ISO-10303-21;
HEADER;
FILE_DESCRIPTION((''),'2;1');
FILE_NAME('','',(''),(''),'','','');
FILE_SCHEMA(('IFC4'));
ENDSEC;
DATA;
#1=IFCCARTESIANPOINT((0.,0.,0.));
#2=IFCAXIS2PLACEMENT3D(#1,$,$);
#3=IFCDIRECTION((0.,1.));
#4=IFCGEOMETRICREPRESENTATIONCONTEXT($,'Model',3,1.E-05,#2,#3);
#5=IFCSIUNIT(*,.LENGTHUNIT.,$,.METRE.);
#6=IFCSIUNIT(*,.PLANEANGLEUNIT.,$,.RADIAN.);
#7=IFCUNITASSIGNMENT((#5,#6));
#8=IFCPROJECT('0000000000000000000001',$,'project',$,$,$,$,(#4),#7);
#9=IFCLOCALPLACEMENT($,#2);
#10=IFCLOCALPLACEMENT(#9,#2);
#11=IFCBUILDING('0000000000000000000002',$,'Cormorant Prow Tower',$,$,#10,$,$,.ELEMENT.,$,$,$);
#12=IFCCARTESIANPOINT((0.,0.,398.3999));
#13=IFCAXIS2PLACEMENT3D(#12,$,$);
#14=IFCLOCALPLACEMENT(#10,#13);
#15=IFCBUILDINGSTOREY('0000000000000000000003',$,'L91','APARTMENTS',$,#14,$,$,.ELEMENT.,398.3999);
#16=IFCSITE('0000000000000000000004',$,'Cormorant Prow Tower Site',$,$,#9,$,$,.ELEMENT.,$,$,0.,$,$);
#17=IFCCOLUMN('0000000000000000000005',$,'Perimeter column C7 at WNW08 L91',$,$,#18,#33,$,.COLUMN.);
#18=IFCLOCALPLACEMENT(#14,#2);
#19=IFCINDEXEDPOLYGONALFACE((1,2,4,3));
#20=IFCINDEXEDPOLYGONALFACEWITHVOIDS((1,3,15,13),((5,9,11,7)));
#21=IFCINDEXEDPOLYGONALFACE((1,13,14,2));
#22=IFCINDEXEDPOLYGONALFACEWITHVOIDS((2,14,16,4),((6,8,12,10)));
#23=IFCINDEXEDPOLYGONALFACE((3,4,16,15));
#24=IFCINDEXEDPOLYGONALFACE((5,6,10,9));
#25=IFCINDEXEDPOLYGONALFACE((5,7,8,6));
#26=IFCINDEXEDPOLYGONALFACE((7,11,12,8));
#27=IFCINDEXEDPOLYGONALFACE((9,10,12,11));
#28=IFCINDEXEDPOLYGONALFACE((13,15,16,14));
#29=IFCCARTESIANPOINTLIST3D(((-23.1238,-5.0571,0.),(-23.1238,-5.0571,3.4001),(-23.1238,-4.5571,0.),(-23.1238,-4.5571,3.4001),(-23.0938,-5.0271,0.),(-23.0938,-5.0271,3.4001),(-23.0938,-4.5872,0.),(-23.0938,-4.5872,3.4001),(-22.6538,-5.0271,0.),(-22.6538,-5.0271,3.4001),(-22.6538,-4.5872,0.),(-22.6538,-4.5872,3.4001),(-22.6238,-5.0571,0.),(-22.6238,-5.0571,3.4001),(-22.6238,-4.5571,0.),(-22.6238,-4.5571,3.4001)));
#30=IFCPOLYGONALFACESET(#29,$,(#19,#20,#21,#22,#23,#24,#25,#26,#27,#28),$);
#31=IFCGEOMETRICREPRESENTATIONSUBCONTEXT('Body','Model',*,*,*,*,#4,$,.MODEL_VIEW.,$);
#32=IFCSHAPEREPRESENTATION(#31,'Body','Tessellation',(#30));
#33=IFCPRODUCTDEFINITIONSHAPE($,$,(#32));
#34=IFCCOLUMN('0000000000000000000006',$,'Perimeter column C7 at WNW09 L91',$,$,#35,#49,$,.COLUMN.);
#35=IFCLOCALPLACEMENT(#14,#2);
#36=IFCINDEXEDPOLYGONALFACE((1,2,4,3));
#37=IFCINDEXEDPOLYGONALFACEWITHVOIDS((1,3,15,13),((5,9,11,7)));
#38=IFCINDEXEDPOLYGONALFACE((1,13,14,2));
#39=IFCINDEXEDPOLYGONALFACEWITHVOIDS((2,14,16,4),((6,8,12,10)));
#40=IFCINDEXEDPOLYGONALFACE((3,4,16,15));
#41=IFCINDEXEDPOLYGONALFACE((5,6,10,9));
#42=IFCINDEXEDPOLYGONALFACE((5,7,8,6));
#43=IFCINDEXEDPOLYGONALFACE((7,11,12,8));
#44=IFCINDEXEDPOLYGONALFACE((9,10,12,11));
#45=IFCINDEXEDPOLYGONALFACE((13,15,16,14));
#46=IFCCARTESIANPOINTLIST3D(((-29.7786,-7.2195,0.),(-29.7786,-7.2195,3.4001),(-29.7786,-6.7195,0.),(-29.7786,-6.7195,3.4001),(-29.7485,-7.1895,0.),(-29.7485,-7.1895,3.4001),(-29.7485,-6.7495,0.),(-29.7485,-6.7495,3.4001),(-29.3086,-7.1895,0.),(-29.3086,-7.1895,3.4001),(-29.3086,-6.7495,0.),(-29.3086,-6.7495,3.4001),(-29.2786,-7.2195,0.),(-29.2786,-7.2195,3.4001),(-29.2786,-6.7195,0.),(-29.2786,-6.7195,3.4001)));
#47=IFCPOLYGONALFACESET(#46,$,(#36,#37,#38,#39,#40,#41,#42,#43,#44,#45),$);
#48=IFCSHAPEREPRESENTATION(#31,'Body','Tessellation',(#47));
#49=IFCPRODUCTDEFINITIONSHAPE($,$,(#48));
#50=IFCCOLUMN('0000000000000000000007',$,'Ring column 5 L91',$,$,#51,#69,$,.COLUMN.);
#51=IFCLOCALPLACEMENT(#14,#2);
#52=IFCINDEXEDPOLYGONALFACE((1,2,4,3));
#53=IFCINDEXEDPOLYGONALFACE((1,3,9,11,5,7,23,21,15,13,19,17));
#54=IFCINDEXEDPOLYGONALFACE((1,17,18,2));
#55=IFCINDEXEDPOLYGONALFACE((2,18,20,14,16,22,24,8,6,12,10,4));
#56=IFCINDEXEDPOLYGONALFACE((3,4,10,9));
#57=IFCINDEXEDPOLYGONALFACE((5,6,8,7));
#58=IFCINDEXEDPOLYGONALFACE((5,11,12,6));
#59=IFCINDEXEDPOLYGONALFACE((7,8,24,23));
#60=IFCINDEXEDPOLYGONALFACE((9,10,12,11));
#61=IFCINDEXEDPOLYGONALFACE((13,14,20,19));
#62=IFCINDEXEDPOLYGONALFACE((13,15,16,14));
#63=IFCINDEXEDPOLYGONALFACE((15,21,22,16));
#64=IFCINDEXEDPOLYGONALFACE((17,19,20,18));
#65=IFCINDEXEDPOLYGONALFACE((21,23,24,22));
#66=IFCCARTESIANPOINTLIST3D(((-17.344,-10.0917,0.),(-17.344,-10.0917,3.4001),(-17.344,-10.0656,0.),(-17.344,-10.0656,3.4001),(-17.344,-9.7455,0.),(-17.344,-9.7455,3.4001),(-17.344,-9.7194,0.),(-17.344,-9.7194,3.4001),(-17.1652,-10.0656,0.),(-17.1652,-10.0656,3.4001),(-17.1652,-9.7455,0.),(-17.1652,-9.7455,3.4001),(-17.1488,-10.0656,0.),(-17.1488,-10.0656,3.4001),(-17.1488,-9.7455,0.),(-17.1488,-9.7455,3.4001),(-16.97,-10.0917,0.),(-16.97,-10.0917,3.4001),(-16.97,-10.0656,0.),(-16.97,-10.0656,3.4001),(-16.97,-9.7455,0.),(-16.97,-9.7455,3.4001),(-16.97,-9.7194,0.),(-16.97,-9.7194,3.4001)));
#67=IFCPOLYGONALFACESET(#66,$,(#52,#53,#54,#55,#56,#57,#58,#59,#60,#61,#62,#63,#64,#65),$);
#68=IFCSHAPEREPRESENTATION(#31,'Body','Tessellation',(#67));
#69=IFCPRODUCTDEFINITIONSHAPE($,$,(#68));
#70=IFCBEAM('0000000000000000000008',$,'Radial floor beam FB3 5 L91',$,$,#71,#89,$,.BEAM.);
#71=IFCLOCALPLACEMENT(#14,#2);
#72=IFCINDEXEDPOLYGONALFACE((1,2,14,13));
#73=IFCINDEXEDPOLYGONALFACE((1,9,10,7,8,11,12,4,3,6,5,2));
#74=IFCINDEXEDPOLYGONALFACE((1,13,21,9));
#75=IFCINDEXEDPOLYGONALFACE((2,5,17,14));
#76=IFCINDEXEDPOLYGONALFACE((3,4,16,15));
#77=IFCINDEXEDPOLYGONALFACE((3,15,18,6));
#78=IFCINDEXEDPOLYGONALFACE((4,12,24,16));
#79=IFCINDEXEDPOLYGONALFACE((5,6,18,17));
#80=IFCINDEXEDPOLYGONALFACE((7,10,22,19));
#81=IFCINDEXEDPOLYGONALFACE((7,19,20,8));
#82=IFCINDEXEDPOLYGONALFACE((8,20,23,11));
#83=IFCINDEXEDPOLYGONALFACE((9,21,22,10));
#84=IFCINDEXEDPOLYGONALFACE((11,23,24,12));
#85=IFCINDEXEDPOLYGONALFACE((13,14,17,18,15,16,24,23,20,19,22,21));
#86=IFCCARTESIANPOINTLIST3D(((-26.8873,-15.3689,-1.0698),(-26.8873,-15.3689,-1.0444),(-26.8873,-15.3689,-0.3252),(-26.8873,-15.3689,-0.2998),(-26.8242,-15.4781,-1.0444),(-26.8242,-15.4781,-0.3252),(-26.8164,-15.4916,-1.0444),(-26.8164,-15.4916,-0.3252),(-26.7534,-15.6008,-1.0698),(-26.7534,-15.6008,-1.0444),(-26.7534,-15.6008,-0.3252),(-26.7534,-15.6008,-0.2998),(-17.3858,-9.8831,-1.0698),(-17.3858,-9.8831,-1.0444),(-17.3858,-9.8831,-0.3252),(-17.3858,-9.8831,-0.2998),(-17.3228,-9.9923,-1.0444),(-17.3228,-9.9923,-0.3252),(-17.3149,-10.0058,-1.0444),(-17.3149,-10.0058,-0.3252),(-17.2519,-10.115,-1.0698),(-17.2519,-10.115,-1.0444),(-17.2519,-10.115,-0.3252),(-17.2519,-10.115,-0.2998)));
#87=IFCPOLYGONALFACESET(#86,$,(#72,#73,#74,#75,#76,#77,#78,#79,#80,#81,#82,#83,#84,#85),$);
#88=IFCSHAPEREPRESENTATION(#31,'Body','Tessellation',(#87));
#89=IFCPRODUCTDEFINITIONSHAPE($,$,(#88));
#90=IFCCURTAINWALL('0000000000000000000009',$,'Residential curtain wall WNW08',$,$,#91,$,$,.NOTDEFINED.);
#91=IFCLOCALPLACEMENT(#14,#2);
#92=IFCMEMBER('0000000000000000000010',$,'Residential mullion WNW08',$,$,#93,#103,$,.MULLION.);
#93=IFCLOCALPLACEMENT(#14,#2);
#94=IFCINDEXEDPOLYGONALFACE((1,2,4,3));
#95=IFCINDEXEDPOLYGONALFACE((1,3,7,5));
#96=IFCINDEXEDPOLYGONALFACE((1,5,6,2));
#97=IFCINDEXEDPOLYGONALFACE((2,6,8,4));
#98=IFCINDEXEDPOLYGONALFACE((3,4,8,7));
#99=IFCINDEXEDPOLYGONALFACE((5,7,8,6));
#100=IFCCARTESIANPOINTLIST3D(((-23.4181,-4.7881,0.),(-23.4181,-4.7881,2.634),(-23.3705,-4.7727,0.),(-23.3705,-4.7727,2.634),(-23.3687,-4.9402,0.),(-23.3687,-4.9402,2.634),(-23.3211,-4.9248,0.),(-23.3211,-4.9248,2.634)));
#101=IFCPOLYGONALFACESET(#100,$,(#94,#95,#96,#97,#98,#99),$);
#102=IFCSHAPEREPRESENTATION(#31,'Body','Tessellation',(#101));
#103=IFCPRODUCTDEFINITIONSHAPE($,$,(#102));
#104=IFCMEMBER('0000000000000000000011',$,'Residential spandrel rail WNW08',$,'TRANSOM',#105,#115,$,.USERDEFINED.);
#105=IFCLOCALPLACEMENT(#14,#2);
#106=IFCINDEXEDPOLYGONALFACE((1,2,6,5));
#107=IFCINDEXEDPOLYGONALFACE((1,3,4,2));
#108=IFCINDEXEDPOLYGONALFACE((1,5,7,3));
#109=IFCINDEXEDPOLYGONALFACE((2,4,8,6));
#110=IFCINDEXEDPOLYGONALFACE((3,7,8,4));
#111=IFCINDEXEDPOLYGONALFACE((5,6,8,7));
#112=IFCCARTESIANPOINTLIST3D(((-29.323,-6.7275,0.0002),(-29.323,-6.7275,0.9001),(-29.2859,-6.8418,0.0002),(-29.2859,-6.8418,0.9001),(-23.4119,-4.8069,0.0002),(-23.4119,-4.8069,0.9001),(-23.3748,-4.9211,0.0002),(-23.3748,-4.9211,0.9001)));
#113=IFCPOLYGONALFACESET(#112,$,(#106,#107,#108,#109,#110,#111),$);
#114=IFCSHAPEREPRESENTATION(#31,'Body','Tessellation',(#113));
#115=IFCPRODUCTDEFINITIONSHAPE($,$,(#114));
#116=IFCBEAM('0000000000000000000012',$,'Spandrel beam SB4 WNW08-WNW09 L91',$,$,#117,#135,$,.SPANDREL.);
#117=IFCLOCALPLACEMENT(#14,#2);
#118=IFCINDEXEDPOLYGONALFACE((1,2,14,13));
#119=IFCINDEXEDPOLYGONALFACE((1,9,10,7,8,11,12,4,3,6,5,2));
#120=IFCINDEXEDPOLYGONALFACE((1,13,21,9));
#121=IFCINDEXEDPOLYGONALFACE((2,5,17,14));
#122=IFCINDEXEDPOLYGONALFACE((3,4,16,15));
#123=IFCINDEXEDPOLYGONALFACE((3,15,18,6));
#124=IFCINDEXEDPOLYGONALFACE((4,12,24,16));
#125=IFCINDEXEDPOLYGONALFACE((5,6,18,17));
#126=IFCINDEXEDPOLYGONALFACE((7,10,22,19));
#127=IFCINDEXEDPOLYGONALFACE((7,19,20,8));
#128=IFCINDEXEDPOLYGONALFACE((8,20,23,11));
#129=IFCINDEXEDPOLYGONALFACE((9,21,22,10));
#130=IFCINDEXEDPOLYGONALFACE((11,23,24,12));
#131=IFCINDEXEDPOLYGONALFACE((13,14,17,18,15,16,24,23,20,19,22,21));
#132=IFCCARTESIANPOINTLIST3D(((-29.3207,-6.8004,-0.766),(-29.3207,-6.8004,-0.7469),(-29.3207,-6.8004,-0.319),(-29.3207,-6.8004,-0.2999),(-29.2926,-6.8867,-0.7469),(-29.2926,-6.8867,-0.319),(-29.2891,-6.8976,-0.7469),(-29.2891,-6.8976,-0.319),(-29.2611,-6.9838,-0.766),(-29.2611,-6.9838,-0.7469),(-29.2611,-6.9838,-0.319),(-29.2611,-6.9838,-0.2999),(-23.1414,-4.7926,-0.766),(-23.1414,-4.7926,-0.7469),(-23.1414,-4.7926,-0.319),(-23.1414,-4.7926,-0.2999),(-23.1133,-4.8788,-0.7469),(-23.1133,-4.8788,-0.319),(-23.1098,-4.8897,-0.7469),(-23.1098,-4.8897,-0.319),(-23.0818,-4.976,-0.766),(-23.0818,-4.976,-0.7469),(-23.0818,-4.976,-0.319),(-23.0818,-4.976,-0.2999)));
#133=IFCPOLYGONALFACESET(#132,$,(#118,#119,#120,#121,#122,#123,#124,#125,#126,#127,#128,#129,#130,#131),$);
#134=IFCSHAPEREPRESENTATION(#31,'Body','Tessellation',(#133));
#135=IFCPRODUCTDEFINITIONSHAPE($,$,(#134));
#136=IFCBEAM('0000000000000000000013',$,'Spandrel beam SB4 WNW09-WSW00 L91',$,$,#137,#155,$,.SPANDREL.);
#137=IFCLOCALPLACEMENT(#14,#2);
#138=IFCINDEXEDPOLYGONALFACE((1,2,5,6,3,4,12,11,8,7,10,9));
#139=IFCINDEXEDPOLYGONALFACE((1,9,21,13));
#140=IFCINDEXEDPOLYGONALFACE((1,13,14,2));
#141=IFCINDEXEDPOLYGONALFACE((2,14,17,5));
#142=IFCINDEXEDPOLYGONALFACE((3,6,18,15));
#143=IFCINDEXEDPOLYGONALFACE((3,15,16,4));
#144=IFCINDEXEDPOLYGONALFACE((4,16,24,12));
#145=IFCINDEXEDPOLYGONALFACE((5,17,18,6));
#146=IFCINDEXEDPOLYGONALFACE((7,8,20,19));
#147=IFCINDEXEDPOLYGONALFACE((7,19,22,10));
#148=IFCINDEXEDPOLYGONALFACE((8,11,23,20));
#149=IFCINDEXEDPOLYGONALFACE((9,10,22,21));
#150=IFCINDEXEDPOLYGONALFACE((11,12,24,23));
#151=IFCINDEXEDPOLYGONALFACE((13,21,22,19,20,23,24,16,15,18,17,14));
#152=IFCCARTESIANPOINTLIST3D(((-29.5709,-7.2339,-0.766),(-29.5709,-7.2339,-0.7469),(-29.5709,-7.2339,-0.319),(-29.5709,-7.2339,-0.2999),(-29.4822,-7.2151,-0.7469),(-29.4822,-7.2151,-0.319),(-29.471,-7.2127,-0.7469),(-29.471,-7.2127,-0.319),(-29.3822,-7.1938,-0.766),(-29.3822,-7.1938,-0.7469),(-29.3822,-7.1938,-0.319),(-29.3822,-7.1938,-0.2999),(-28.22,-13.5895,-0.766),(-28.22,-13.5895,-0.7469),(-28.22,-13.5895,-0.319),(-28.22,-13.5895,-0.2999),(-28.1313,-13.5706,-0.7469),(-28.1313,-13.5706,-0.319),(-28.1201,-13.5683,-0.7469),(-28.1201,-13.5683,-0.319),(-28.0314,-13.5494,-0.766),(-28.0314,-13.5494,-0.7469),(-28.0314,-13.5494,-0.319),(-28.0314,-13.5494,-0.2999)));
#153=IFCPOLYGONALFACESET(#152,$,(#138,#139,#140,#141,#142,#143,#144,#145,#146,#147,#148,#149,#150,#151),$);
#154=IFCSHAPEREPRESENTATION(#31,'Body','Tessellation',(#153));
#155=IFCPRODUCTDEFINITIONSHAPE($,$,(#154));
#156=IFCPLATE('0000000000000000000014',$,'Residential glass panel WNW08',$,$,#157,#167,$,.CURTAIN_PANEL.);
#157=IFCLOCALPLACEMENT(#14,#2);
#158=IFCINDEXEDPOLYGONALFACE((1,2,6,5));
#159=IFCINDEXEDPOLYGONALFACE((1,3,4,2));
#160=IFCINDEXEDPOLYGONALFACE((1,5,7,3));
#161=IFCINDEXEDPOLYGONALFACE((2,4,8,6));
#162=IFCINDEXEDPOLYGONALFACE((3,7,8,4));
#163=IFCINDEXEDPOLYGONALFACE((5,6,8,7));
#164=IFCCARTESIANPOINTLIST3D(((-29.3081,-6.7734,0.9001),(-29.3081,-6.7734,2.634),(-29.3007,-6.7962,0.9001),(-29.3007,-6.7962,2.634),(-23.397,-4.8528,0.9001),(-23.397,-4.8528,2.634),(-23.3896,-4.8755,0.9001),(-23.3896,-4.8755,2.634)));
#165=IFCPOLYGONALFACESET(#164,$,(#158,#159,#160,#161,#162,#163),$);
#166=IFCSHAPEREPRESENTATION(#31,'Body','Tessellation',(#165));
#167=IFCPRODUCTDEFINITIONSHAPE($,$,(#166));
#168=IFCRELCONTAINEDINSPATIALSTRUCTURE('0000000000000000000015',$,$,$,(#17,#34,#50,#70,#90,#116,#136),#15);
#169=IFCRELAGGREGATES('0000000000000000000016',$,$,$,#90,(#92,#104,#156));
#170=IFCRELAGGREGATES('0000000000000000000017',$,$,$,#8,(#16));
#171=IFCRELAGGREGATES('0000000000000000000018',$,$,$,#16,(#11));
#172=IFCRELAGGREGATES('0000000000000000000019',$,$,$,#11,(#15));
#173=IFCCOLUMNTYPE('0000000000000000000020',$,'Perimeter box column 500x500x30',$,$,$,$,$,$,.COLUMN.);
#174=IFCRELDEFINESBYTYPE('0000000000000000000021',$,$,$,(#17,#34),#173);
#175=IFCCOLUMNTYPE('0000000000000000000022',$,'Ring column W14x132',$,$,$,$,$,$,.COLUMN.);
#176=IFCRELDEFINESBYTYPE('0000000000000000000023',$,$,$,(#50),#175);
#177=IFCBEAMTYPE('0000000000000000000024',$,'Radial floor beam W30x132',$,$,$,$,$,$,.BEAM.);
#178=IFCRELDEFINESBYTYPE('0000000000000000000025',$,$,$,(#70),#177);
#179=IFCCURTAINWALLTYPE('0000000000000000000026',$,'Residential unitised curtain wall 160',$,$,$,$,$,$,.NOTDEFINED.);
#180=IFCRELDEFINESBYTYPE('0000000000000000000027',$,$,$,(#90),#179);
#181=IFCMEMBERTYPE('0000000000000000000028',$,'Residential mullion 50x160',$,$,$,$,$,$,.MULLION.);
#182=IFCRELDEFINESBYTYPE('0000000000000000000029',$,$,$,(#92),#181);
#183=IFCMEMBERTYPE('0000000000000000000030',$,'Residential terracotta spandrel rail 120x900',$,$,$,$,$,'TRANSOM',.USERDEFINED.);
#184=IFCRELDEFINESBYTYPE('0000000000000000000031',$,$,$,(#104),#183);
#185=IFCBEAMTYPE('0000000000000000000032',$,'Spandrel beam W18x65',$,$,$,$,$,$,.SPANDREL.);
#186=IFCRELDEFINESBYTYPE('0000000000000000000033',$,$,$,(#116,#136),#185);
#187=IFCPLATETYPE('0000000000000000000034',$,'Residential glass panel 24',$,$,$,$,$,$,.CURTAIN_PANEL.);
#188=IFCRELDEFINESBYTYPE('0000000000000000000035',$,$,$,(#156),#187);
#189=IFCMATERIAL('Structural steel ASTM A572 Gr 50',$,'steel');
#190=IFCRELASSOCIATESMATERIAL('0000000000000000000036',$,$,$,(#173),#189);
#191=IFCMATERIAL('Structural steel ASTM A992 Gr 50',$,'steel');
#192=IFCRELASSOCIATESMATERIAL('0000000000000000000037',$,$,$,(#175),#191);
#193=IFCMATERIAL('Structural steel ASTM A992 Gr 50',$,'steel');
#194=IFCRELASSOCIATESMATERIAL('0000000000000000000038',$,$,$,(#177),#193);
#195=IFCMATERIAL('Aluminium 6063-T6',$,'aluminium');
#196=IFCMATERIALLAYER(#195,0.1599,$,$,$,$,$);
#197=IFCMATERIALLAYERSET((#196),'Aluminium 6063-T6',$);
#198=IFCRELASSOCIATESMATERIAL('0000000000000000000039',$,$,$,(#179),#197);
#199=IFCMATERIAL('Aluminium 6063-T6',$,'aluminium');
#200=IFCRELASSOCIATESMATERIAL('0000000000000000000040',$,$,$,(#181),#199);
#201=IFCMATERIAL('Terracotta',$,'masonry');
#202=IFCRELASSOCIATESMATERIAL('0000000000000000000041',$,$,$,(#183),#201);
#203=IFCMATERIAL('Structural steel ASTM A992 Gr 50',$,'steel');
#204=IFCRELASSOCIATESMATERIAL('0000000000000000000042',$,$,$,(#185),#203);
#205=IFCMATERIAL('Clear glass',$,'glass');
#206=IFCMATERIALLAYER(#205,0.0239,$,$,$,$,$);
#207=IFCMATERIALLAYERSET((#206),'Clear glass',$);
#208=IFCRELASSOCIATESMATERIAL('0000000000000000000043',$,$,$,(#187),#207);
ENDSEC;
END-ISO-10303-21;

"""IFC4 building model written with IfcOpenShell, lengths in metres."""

from ifc_helpers import new_model, si_unit, direction, frame, origin, origin_2d, place, context, subcontext, project, spatial, rectangle, hollow_rectangle, i_section, extrude, material, layer, layer_set, material_profile, profile_set, type_object, element, aggregate, save


model = new_model("IFC4")

# Units and contexts
model_context = context("Model", 3, precision=1e-05, world=origin(), true_north=direction((0.0, 1.0)))
body_context = subcontext(model_context, "Body", "Model", "MODEL_VIEW")
ifc_project = project(units=[si_unit("LENGTHUNIT", "METRE"), si_unit("PLANEANGLEUNIT", "RADIAN")], contexts=[model_context])

# Site, building, storey
site_placement = place(None, origin())
site = spatial("IfcSite", under=ifc_project, at=site_placement, Name="Cormorant Prow Tower Site", CompositionType="ELEMENT", RefElevation=0.0)
building_placement = place(site_placement, origin())
building = spatial("IfcBuilding", under=site, at=building_placement, Name="Cormorant Prow Tower", CompositionType="ELEMENT")
storey_placement = place(building_placement, frame((0.0, 0.0, 398.3999)))
storey = spatial("IfcBuildingStorey", under=building, at=storey_placement, Name="L91", Description="APARTMENTS", CompositionType="ELEMENT", Elevation=398.3999)

# Columns
ifc_material_1 = material(Name="Structural steel ASTM A572 Gr 50", Category="steel")
ifc_material_profile_1 = material_profile(ifc_material_1, hollow_rectangle(XDim=0.5, YDim=0.5, WallThickness=0.03, at=origin_2d()), Name="Box 500x500x30")
ifc_profile_set_1 = profile_set([ifc_material_profile_1], Name="Structural steel ASTM A572 Gr 50")
column_type_1 = type_object("IfcColumnType", Name="Perimeter box column 500x500x30", PredefinedType="COLUMN", material=ifc_profile_set_1)
for number, where, z_axis, x_axis, name in (
    (1, (-22.8738, -4.8071, 0.0), (0.0, 0.0, 1.0), (1.0, 0.0, 0.0), "Perimeter column C7 at WNW08 L91"),
    (2, (-29.5286, -6.9695, 0.0), (0.0, 0.0, 1.0), (1.0, 0.0, 0.0), "Perimeter column C7 at WNW09 L91"),
):
    element("IfcColumn", number, at=place(storey_placement, frame(where, z_axis=z_axis, x_axis=x_axis)), inside=storey, type_object=column_type_1, Name=name, PredefinedType="COLUMN", context=body_context, shape_type="SweptSolid", body=[
        extrude(hollow_rectangle(XDim=0.5, YDim=0.5, WallThickness=0.03, at=origin_2d()), origin(), (0.0, 0.0, 1.0), 3.4001),
    ])
ifc_material_2 = material(Name="Structural steel ASTM A992 Gr 50", Category="steel")
ifc_material_profile_2 = material_profile(ifc_material_2, i_section(OverallWidth=0.374, OverallDepth=0.3723, WebThickness=0.0164, FlangeThickness=0.0261, at=origin_2d()), Name="W14x132")
ifc_profile_set_2 = profile_set([ifc_material_profile_2], Name="Structural steel ASTM A992 Gr 50")
column_type_2 = type_object("IfcColumnType", Name="Ring column W14x132", PredefinedType="COLUMN", material=ifc_profile_set_2)
column_placement = place(storey_placement, frame((-17.157, -9.9055, 0.0), z_axis=(0.0, 0.0, 1.0), x_axis=(1.0, 0.0, 0.0)))
element("IfcColumn", 3, at=column_placement, inside=storey, type_object=column_type_2, Name="Ring column 5 L91", PredefinedType="COLUMN", context=body_context, shape_type="SweptSolid", body=[
    extrude(i_section(OverallWidth=0.374, OverallDepth=0.3723, WebThickness=0.0164, FlangeThickness=0.0261, at=origin_2d()), origin(), (0.0, 0.0, 1.0), 3.4001),
])

# Beam
ifc_material_3 = material(Name="Structural steel ASTM A992 Gr 50", Category="steel")
ifc_material_profile_3 = material_profile(ifc_material_3, i_section(OverallWidth=0.2678, OverallDepth=0.77, WebThickness=0.0156, FlangeThickness=0.0254, at=origin_2d()), Name="W30x132")
ifc_profile_set_3 = profile_set([ifc_material_profile_3], Name="Structural steel ASTM A992 Gr 50")
beam_type_1 = type_object("IfcBeamType", Name="Radial floor beam W30x132", PredefinedType="BEAM", material=ifc_profile_set_3)
beam_1_placement = place(storey_placement, frame((-17.3188, -9.999, -0.6848), z_axis=(-0.866019, -0.500011, 0.0), x_axis=(0.500011, -0.866019, 0.0)))
element("IfcBeam", 4, at=beam_1_placement, inside=storey, type_object=beam_type_1, Name="Radial floor beam FB3 5 L91", PredefinedType="BEAM", context=body_context, shape_type="SweptSolid", body=[
    extrude(i_section(OverallWidth=0.2678, OverallDepth=0.77, WebThickness=0.0156, FlangeThickness=0.0254, at=origin_2d()), origin(), (0.0, 0.0, 1.0), 10.9714),
])

# Curtain wall, members
ifc_material_4 = material(Name="Aluminium 6063-T6", Category="aluminium")
ifc_layer_1 = layer(ifc_material_4, 0.1599)
ifc_layer_set_1 = layer_set([ifc_layer_1], Name="Aluminium 6063-T6")
curtain_wall_type = type_object("IfcCurtainWallType", Name="Residential unitised curtain wall 160", PredefinedType="NOTDEFINED", material=ifc_layer_set_1)
curtain_wall_placement = place(storey_placement, origin())
curtain_wall = element("IfcCurtainWall", 5, at=curtain_wall_placement, inside=storey, type_object=curtain_wall_type, Name="Residential curtain wall WNW08", PredefinedType="NOTDEFINED")
ifc_material_5 = material(Name="Aluminium 6063-T6", Category="aluminium")
ifc_material_profile_4 = material_profile(ifc_material_5, rectangle(XDim=0.1599, YDim=0.05, at=origin_2d()), Name="Residential mullion 50x160")
ifc_profile_set_4 = profile_set([ifc_material_profile_4], Name="Aluminium 6063-T6")
member_type_1 = type_object("IfcMemberType", Name="Residential mullion 50x160", PredefinedType="MULLION", material=ifc_profile_set_4)
member_1_placement = place(storey_placement, frame((-23.3696, -4.8564, 0.0), z_axis=(0.0, 0.0, 1.0), x_axis=(0.309017, -0.951056, 0.0)))
member_1 = element("IfcMember", 6, at=member_1_placement, type_object=member_type_1, Name="Residential mullion WNW08", PredefinedType="MULLION", context=body_context, shape_type="SweptSolid", body=[
    extrude(rectangle(XDim=0.1599, YDim=0.05, at=origin_2d()), origin(), (0.0, 0.0, 1.0), 2.634),
])
ifc_material_6 = material(Name="Terracotta", Category="masonry")
ifc_material_profile_5 = material_profile(ifc_material_6, rectangle(XDim=0.1201, YDim=0.8999, at=origin_2d()), Name="Residential terracotta spandrel rail 120x900")
ifc_profile_set_5 = profile_set([ifc_material_profile_5], Name="Terracotta")
member_type_2 = type_object("IfcMemberType", Name="Residential terracotta spandrel rail 120x900", ElementType="TRANSOM", PredefinedType="USERDEFINED", material=ifc_profile_set_5)
member_2_placement = place(storey_placement, frame((-23.3933, -4.864, 0.4502), z_axis=(-0.951056, -0.309019, 0.0), x_axis=(0.309019, -0.951056, 0.0)))
member_2 = element("IfcMember", 7, at=member_2_placement, type_object=member_type_2, Name="Residential spandrel rail WNW08", ObjectType="TRANSOM", PredefinedType="USERDEFINED", context=body_context, shape_type="SweptSolid", body=[
    extrude(rectangle(XDim=0.1201, YDim=0.8999, at=origin_2d()), origin(), (0.0, 0.0, 1.0), 6.2153),
])

# Beams
ifc_material_7 = material(Name="Structural steel ASTM A992 Gr 50", Category="steel")
ifc_material_profile_6 = material_profile(ifc_material_7, i_section(OverallWidth=0.1929, OverallDepth=0.4661, WebThickness=0.0115, FlangeThickness=0.019, at=origin_2d()), Name="W18x65")
ifc_profile_set_6 = profile_set([ifc_material_profile_6], Name="Structural steel ASTM A992 Gr 50")
beam_type_2 = type_object("IfcBeamType", Name="Spandrel beam W18x65", PredefinedType="SPANDREL", material=ifc_profile_set_6)
beam_2_placement = place(storey_placement, frame((-23.1116, -4.8843, -0.533), z_axis=(-0.951053, -0.309027, 0.0), x_axis=(0.309027, -0.951053, 0.0)))
element("IfcBeam", 8, at=beam_2_placement, inside=storey, type_object=beam_type_2, Name="Spandrel beam SB4 WNW08-WNW09 L91", PredefinedType="SPANDREL", context=body_context, shape_type="SweptSolid", body=[
    extrude(i_section(OverallWidth=0.1929, OverallDepth=0.4661, WebThickness=0.0115, FlangeThickness=0.019, at=origin_2d()), origin(), (0.0, 0.0, 1.0), 6.4973),
])
beam_3_placement = place(storey_placement, frame((-29.4766, -7.2139, -0.533), z_axis=(0.207902, -0.97815, 0.0), x_axis=(0.97815, 0.207902, 0.0)))
element("IfcBeam", 9, at=beam_3_placement, inside=storey, type_object=beam_type_2, Name="Spandrel beam SB4 WNW09-WSW00 L91", PredefinedType="SPANDREL", context=body_context, shape_type="SweptSolid", body=[
    extrude(i_section(OverallWidth=0.1929, OverallDepth=0.4661, WebThickness=0.0115, FlangeThickness=0.019, at=origin_2d()), origin(), (0.0, 0.0, 1.0), 6.4976),
])

# Plate
ifc_material_8 = material(Name="Clear glass", Category="glass")
ifc_layer_2 = layer(ifc_material_8, 0.0239)
ifc_layer_set_2 = layer_set([ifc_layer_2], Name="Clear glass")
plate_type = type_object("IfcPlateType", Name="Residential glass panel 24", PredefinedType="CURTAIN_PANEL", material=ifc_layer_set_2)
plate_placement = place(storey_placement, frame((-26.3489, -5.8245, 0.9001), z_axis=(0.0, 0.0, 1.0), x_axis=(-0.951056, -0.309017, 0.0)))
plate = element("IfcPlate", 10, at=plate_placement, type_object=plate_type, Name="Residential glass panel WNW08", PredefinedType="CURTAIN_PANEL", context=body_context, shape_type="SweptSolid", body=[
    extrude(rectangle(XDim=6.2153, YDim=0.0239, at=origin_2d()), origin(), (0.0, 0.0, 1.0), 1.7339),
])
aggregate(curtain_wall, [member_1, member_2, plate])

save(model, "model.ifc")
